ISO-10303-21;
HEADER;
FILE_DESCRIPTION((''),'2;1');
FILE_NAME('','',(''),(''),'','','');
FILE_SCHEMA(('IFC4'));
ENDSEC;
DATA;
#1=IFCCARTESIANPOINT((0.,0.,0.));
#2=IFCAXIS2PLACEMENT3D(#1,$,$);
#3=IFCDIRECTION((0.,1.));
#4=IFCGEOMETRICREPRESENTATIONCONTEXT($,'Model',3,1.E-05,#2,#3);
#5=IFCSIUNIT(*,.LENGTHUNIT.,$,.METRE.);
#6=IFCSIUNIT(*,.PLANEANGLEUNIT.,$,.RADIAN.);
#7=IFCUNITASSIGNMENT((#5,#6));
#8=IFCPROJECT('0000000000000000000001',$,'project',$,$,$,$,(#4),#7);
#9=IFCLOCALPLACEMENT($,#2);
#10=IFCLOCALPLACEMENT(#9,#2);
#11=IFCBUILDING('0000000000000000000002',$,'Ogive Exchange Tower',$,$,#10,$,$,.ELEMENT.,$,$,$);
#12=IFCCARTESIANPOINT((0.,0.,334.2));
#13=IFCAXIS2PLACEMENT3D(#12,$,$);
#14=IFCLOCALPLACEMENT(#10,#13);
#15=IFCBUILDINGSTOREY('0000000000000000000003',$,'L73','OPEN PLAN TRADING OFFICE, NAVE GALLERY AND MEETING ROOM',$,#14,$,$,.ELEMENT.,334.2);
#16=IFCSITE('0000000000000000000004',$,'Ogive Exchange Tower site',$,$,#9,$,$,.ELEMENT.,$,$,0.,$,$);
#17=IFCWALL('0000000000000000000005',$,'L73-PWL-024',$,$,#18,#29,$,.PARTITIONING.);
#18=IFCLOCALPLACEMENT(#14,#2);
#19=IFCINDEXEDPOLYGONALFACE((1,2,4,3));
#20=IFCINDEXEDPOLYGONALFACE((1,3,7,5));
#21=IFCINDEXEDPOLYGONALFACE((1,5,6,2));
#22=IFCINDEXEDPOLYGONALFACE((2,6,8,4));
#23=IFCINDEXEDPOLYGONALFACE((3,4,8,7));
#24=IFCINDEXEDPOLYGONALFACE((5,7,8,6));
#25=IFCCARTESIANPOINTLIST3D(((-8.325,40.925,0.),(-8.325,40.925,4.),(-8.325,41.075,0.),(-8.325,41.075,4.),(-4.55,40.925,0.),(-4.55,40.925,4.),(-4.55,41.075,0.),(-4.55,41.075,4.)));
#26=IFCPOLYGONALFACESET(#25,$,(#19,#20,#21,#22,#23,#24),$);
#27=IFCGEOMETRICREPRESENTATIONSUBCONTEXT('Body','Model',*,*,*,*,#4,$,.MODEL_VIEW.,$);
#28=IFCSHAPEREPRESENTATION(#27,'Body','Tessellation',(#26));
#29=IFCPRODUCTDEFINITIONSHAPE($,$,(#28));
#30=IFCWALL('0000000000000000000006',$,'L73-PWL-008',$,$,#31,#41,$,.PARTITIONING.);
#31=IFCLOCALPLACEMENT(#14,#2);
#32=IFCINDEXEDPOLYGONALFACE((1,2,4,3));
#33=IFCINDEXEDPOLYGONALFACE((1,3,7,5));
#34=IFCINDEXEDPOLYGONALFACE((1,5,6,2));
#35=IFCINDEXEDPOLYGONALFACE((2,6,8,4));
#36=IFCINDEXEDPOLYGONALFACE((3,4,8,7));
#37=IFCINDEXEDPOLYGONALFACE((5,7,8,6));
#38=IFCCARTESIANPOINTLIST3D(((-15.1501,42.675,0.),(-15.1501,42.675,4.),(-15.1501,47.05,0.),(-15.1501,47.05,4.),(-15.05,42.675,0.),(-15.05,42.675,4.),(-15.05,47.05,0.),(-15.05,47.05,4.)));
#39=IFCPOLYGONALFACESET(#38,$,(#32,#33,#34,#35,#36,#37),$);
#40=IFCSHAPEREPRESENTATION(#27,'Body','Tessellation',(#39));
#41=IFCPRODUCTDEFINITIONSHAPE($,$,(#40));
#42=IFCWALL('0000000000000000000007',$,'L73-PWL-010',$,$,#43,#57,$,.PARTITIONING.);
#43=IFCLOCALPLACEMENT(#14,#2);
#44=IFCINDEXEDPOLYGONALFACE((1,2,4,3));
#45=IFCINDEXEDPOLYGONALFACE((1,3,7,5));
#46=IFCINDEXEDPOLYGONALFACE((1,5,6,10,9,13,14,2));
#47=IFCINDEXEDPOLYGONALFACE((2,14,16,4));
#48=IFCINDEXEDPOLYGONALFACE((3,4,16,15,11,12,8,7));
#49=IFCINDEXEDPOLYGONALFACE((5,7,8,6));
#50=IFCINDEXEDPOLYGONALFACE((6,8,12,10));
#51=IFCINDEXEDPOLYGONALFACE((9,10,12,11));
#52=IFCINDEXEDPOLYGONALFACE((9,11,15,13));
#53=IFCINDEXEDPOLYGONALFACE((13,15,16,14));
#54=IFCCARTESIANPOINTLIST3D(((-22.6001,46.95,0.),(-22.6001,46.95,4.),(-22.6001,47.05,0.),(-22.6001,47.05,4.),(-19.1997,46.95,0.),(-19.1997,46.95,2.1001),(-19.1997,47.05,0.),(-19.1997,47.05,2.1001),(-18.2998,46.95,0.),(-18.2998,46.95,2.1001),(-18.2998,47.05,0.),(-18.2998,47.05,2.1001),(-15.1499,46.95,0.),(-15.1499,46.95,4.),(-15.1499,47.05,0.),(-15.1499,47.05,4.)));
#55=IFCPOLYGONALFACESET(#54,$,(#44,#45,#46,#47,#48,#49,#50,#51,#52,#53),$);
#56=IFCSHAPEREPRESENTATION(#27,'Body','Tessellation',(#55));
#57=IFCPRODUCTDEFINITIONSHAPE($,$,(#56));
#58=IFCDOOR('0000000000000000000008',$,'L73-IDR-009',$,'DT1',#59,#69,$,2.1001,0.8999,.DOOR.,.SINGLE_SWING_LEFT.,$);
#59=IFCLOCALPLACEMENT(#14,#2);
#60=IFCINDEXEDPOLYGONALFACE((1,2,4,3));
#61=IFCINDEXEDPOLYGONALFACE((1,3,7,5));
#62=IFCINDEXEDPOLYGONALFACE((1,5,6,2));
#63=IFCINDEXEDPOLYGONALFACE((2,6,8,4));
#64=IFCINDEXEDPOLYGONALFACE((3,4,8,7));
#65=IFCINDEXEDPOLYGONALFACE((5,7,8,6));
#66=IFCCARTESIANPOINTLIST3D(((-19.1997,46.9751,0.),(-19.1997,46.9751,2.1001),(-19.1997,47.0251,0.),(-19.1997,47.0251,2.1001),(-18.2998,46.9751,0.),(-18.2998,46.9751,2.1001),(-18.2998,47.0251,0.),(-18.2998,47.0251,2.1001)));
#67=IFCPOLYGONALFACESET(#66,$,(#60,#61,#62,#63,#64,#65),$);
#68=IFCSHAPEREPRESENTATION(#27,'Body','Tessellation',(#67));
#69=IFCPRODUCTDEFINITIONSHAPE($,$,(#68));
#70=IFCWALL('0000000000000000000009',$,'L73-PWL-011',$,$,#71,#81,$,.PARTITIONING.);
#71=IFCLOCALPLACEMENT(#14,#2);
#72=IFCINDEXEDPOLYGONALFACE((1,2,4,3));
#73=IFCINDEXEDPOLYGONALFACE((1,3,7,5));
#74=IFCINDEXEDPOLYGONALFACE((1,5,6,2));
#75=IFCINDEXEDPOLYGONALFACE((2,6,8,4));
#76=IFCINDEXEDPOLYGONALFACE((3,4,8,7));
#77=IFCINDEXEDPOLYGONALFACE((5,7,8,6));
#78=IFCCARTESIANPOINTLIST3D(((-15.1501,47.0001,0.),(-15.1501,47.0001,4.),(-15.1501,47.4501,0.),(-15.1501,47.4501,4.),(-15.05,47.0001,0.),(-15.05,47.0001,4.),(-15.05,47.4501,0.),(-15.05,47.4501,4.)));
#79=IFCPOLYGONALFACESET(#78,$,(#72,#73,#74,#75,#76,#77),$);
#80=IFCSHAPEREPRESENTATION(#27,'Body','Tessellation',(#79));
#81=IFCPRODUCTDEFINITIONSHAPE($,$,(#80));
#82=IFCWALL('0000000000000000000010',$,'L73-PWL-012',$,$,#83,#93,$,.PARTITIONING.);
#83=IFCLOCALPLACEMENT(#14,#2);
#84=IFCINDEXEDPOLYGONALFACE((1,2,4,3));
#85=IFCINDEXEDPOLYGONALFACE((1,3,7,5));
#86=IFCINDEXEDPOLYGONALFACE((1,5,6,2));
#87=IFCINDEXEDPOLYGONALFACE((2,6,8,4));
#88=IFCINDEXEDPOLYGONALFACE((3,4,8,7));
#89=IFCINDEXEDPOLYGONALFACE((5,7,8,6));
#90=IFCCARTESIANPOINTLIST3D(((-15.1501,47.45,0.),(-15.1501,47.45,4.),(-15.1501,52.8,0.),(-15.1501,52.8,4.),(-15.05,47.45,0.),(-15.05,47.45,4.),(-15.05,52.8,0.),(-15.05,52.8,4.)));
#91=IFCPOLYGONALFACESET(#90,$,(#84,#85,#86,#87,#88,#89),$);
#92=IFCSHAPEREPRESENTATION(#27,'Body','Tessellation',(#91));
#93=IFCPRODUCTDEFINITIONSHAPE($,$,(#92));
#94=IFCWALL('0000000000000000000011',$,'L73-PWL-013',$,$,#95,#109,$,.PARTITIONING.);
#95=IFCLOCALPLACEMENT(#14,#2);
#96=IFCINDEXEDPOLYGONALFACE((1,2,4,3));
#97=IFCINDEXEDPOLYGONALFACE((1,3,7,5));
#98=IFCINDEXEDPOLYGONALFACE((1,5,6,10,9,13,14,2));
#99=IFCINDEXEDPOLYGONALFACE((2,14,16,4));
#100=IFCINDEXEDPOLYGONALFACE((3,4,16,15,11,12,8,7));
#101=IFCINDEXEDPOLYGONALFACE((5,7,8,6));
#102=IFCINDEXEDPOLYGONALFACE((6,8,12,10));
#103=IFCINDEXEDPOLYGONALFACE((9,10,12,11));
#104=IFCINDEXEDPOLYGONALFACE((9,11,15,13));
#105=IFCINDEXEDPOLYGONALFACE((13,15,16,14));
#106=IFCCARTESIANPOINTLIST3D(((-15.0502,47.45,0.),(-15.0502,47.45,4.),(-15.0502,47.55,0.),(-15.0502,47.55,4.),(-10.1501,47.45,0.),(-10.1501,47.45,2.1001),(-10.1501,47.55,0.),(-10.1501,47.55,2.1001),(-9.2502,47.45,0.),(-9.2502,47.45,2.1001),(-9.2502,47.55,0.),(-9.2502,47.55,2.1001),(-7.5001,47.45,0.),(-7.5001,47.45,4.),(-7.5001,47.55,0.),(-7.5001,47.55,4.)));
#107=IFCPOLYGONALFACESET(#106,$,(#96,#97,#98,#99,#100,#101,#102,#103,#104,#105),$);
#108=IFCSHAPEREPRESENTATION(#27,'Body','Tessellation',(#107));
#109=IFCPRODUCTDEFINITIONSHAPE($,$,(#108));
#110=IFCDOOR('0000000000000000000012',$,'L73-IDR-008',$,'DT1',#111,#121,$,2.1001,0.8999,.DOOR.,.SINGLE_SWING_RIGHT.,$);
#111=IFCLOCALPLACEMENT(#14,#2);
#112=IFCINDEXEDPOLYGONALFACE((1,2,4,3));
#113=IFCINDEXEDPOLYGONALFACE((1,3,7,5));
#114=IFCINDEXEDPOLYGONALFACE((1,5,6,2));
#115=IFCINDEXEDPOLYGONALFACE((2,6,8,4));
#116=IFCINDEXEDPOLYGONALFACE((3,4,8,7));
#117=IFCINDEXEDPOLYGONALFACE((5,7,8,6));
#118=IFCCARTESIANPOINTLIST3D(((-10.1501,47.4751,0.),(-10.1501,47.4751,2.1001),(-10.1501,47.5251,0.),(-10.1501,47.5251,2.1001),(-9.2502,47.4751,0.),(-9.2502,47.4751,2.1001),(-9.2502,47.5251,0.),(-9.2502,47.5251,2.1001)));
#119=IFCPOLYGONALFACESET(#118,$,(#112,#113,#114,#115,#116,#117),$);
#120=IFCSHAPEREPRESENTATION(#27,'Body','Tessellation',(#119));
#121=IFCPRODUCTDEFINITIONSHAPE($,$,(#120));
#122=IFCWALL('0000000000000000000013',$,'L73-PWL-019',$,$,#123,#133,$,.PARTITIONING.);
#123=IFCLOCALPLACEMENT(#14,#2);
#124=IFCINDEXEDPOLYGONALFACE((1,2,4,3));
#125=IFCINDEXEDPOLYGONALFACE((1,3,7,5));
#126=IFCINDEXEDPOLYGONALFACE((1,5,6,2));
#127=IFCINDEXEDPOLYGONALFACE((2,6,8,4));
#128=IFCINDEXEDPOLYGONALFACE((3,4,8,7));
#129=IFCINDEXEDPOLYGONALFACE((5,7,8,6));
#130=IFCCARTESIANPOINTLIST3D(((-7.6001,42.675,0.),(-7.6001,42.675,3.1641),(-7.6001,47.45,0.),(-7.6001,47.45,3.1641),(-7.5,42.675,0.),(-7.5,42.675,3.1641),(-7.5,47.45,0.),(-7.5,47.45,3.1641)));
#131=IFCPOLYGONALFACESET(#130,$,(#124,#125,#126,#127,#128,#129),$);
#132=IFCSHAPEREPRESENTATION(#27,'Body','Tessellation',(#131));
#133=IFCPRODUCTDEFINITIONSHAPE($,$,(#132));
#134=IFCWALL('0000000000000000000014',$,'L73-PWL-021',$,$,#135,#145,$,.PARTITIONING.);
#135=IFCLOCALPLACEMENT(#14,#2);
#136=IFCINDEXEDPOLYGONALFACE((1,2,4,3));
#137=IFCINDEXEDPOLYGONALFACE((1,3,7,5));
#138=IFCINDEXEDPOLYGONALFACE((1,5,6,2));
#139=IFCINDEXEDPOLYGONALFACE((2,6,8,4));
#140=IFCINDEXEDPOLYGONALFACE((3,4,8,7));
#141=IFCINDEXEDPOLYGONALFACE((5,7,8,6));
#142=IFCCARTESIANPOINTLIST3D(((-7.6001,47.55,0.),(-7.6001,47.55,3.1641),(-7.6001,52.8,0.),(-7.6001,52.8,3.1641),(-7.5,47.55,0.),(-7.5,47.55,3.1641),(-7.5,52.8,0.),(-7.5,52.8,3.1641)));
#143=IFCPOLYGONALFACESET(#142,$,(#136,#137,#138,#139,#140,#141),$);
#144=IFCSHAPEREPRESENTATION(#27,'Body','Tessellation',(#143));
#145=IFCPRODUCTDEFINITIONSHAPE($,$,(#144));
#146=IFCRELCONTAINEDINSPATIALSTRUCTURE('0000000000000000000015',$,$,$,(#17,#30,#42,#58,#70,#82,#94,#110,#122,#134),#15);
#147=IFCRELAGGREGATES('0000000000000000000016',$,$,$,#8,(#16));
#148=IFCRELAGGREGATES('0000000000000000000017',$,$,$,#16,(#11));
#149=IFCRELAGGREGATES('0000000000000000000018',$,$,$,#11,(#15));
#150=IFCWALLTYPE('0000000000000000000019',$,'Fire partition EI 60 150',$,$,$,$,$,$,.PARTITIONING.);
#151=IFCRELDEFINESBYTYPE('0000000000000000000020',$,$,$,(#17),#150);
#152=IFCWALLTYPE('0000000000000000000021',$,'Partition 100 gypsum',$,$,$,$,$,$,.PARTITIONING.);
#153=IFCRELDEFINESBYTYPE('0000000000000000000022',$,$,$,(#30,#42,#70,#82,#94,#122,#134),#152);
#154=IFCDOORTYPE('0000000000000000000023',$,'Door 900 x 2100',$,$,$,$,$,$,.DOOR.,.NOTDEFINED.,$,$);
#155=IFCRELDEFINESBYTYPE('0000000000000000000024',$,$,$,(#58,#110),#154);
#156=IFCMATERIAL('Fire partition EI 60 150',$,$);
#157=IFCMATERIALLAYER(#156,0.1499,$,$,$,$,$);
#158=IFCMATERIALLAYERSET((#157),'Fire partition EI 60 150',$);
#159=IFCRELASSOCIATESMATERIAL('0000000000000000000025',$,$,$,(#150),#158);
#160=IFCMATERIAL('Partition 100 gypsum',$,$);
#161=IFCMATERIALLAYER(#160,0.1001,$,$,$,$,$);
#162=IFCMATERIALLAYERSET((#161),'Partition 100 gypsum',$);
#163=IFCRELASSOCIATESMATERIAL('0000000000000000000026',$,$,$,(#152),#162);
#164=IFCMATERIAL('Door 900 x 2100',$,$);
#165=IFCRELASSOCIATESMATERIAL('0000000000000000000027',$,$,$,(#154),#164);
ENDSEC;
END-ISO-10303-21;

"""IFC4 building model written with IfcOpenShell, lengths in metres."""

from ifc_helpers import new_model, si_unit, direction, frame, frame_2d, origin, place, context, subcontext, project, spatial, rectangle, extrude, material, layer, layer_set, type_object, element, fill, save


model = new_model("IFC4")

# Units and contexts
model_context = context("Model", 3, precision=1e-05, world=origin(), true_north=direction((0.0, 1.0)))
body_context = subcontext(model_context, "Body", "Model", "MODEL_VIEW")
ifc_project = project(units=[si_unit("LENGTHUNIT", "METRE"), si_unit("PLANEANGLEUNIT", "RADIAN")], contexts=[model_context])

# Site, building, storey
site_placement = place(None, origin())
site = spatial("IfcSite", under=ifc_project, at=site_placement, Name="Ogive Exchange Tower site", CompositionType="ELEMENT", RefElevation=0.0)
building_placement = place(site_placement, origin())
building = spatial("IfcBuilding", under=site, at=building_placement, Name="Ogive Exchange Tower", CompositionType="ELEMENT")
storey_placement = place(building_placement, frame((0.0, 0.0, 334.2)))
storey = spatial("IfcBuildingStorey", under=building, at=storey_placement, Name="L73", Description="OPEN PLAN TRADING OFFICE, NAVE GALLERY AND MEETING ROOM", CompositionType="ELEMENT", Elevation=334.2)

# Shared definitions
ifc_material_1 = material(Name="Fire partition EI 60 150")
ifc_layer_1 = layer(ifc_material_1, 0.1499)
ifc_layer_set_1 = layer_set([ifc_layer_1], Name="Fire partition EI 60 150")
wall_type_1 = type_object("IfcWallType", Name="Fire partition EI 60 150", PredefinedType="PARTITIONING", material=ifc_layer_set_1)

# Walls
wall_1_placement = place(storey_placement, frame((-4.55, 41.0, 0.0), z_axis=(0.0, 0.0, 1.0), x_axis=(-1.0, 0.0, 0.0)))
element("IfcWall", 1, at=wall_1_placement, inside=storey, type_object=wall_type_1, Name="L73-PWL-024", PredefinedType="PARTITIONING", context=body_context, shape_type="SweptSolid", body=[
    extrude(rectangle(XDim=3.7749, YDim=0.1499, at=frame_2d((1.8875, 0.0))), origin(), (0.0, 0.0, 1.0), 4.0),
])
ifc_material_2 = material(Name="Partition 100 gypsum")
ifc_layer_2 = layer(ifc_material_2, 0.1001)
ifc_layer_set_2 = layer_set([ifc_layer_2], Name="Partition 100 gypsum")
wall_type_2 = type_object("IfcWallType", Name="Partition 100 gypsum", PredefinedType="PARTITIONING", material=ifc_layer_set_2)
wall_2_placement = place(storey_placement, frame((-15.1001, 42.675, 0.0), z_axis=(0.0, 0.0, 1.0), x_axis=(0.0, 1.0, 0.0)))
element("IfcWall", 2, at=wall_2_placement, inside=storey, type_object=wall_type_2, Name="L73-PWL-008", PredefinedType="PARTITIONING", context=body_context, shape_type="SweptSolid", body=[
    extrude(rectangle(XDim=4.375, YDim=0.1001, at=frame_2d((2.1875, 0.0))), origin(), (0.0, 0.0, 1.0), 4.0),
])

# Wall, opening, door
wall_3_placement = place(storey_placement, frame((-15.1499, 47.0, 0.0), z_axis=(0.0, 0.0, 1.0), x_axis=(-1.0, 0.0, 0.0)))
wall_3 = element("IfcWall", 3, at=wall_3_placement, inside=storey, type_object=wall_type_2, Name="L73-PWL-010", PredefinedType="PARTITIONING", context=body_context, shape_type="SweptSolid", body=[
    extrude(rectangle(XDim=7.4502, YDim=0.1001, at=frame_2d((3.7251, 0.0))), origin(), (0.0, 0.0, 1.0), 4.0),
])
opening_1_placement = place(wall_3_placement, frame((3.1499, 0.0, 0.0)))
opening_1 = element("IfcOpeningElement", 4, at=opening_1_placement, cuts=wall_3, PredefinedType="OPENING", context=body_context, shape_type="SweptSolid", body=[
    extrude(rectangle(XDim=0.8999, YDim=2.1001, at=frame_2d((0.45, 1.05))), frame((0.0, 0.0601, 0.0), z_axis=(0.0, -1.0, 0.0), x_axis=(1.0, 0.0, 0.0)), (0.0, 0.0, 1.0), 0.1201),
])
ifc_material_3 = material(Name="Door 900 x 2100")
door_type_1 = type_object("IfcDoorType", Name="Door 900 x 2100", OperationType="NOTDEFINED", PredefinedType="DOOR", material=ifc_material_3)
door_1_placement = place(opening_1_placement, origin())
door_1 = element("IfcDoor", 5, at=door_1_placement, inside=storey, type_object=door_type_1, Name="L73-IDR-009", ObjectType="DT1", OperationType="SINGLE_SWING_LEFT", OverallHeight=2.1001, OverallWidth=0.8999, PredefinedType="DOOR", context=body_context, shape_type="SweptSolid", body=[
    extrude(rectangle(XDim=0.8999, YDim=2.1001, at=frame_2d((0.45, 1.05))), frame((0.0, 0.0249, 0.0), z_axis=(0.0, -1.0, 0.0), x_axis=(1.0, 0.0, 0.0)), (0.0, 0.0, 1.0), 0.05),
])
fill(opening_1, door_1)

# Walls
wall_4_placement = place(storey_placement, frame((-15.1001, 47.0, 0.0), z_axis=(0.0, 0.0, 1.0), x_axis=(0.0, 1.0, 0.0)))
element("IfcWall", 6, at=wall_4_placement, inside=storey, type_object=wall_type_2, Name="L73-PWL-011", PredefinedType="PARTITIONING", context=body_context, shape_type="SweptSolid", body=[
    extrude(rectangle(XDim=0.45, YDim=0.1001, at=frame_2d((0.2251, 0.0))), origin(), (0.0, 0.0, 1.0), 4.0),
])
wall_5_placement = place(storey_placement, frame((-15.1001, 47.45, 0.0), z_axis=(0.0, 0.0, 1.0), x_axis=(0.0, 1.0, 0.0)))
element("IfcWall", 7, at=wall_5_placement, inside=storey, type_object=wall_type_2, Name="L73-PWL-012", PredefinedType="PARTITIONING", context=body_context, shape_type="SweptSolid", body=[
    extrude(rectangle(XDim=5.3501, YDim=0.1001, at=frame_2d((2.675, 0.0))), origin(), (0.0, 0.0, 1.0), 4.0),
])

# Wall, opening, door
wall_6_placement = place(storey_placement, frame((-15.05, 47.5, 0.0), z_axis=(0.0, 0.0, 1.0), x_axis=(1.0, 0.0, 0.0)))
wall_6 = element("IfcWall", 8, at=wall_6_placement, inside=storey, type_object=wall_type_2, Name="L73-PWL-013", PredefinedType="PARTITIONING", context=body_context, shape_type="SweptSolid", body=[
    extrude(rectangle(XDim=7.55, YDim=0.1001, at=frame_2d((3.7749, 0.0))), origin(), (0.0, 0.0, 1.0), 4.0),
])
opening_2_placement = place(wall_6_placement, frame((4.8999, 0.0, 0.0)))
opening_2 = element("IfcOpeningElement", 9, at=opening_2_placement, cuts=wall_6, PredefinedType="OPENING", context=body_context, shape_type="SweptSolid", body=[
    extrude(rectangle(XDim=0.8999, YDim=2.1001, at=frame_2d((0.45, 1.05))), frame((0.0, 0.0601, 0.0), z_axis=(0.0, -1.0, 0.0), x_axis=(1.0, 0.0, 0.0)), (0.0, 0.0, 1.0), 0.1201),
])
door_2_placement = place(opening_2_placement, frame((0.8999, 0.0, 0.0), z_axis=(0.0, 0.0, 1.0), x_axis=(-1.0, 0.0, 0.0)))
door_2 = element("IfcDoor", 10, at=door_2_placement, inside=storey, type_object=door_type_1, Name="L73-IDR-008", ObjectType="DT1", OperationType="SINGLE_SWING_RIGHT", OverallHeight=2.1001, OverallWidth=0.8999, PredefinedType="DOOR", context=body_context, shape_type="SweptSolid", body=[
    extrude(rectangle(XDim=0.8999, YDim=2.1001, at=frame_2d((0.45, 1.05))), frame((0.0, 0.0249, 0.0), z_axis=(0.0, -1.0, 0.0), x_axis=(1.0, 0.0, 0.0)), (0.0, 0.0, 1.0), 0.05),
])
fill(opening_2, door_2)

# Walls
wall_7_placement = place(storey_placement, frame((-7.55, 42.675, 0.0), z_axis=(0.0, 0.0, 1.0), x_axis=(0.0, 1.0, 0.0)))
element("IfcWall", 11, at=wall_7_placement, inside=storey, type_object=wall_type_2, Name="L73-PWL-019", PredefinedType="PARTITIONING", context=body_context, shape_type="SweptSolid", body=[
    extrude(rectangle(XDim=4.7749, YDim=0.1001, at=frame_2d((2.3875, 0.0))), origin(), (0.0, 0.0, 1.0), 3.1641),
])
wall_8_placement = place(storey_placement, frame((-7.55, 47.55, 0.0), z_axis=(0.0, 0.0, 1.0), x_axis=(0.0, 1.0, 0.0)))
element("IfcWall", 12, at=wall_8_placement, inside=storey, type_object=wall_type_2, Name="L73-PWL-021", PredefinedType="PARTITIONING", context=body_context, shape_type="SweptSolid", body=[
    extrude(rectangle(XDim=5.25, YDim=0.1001, at=frame_2d((2.625, 0.0))), origin(), (0.0, 0.0, 1.0), 3.1641),
])

save(model, "model.ifc")
